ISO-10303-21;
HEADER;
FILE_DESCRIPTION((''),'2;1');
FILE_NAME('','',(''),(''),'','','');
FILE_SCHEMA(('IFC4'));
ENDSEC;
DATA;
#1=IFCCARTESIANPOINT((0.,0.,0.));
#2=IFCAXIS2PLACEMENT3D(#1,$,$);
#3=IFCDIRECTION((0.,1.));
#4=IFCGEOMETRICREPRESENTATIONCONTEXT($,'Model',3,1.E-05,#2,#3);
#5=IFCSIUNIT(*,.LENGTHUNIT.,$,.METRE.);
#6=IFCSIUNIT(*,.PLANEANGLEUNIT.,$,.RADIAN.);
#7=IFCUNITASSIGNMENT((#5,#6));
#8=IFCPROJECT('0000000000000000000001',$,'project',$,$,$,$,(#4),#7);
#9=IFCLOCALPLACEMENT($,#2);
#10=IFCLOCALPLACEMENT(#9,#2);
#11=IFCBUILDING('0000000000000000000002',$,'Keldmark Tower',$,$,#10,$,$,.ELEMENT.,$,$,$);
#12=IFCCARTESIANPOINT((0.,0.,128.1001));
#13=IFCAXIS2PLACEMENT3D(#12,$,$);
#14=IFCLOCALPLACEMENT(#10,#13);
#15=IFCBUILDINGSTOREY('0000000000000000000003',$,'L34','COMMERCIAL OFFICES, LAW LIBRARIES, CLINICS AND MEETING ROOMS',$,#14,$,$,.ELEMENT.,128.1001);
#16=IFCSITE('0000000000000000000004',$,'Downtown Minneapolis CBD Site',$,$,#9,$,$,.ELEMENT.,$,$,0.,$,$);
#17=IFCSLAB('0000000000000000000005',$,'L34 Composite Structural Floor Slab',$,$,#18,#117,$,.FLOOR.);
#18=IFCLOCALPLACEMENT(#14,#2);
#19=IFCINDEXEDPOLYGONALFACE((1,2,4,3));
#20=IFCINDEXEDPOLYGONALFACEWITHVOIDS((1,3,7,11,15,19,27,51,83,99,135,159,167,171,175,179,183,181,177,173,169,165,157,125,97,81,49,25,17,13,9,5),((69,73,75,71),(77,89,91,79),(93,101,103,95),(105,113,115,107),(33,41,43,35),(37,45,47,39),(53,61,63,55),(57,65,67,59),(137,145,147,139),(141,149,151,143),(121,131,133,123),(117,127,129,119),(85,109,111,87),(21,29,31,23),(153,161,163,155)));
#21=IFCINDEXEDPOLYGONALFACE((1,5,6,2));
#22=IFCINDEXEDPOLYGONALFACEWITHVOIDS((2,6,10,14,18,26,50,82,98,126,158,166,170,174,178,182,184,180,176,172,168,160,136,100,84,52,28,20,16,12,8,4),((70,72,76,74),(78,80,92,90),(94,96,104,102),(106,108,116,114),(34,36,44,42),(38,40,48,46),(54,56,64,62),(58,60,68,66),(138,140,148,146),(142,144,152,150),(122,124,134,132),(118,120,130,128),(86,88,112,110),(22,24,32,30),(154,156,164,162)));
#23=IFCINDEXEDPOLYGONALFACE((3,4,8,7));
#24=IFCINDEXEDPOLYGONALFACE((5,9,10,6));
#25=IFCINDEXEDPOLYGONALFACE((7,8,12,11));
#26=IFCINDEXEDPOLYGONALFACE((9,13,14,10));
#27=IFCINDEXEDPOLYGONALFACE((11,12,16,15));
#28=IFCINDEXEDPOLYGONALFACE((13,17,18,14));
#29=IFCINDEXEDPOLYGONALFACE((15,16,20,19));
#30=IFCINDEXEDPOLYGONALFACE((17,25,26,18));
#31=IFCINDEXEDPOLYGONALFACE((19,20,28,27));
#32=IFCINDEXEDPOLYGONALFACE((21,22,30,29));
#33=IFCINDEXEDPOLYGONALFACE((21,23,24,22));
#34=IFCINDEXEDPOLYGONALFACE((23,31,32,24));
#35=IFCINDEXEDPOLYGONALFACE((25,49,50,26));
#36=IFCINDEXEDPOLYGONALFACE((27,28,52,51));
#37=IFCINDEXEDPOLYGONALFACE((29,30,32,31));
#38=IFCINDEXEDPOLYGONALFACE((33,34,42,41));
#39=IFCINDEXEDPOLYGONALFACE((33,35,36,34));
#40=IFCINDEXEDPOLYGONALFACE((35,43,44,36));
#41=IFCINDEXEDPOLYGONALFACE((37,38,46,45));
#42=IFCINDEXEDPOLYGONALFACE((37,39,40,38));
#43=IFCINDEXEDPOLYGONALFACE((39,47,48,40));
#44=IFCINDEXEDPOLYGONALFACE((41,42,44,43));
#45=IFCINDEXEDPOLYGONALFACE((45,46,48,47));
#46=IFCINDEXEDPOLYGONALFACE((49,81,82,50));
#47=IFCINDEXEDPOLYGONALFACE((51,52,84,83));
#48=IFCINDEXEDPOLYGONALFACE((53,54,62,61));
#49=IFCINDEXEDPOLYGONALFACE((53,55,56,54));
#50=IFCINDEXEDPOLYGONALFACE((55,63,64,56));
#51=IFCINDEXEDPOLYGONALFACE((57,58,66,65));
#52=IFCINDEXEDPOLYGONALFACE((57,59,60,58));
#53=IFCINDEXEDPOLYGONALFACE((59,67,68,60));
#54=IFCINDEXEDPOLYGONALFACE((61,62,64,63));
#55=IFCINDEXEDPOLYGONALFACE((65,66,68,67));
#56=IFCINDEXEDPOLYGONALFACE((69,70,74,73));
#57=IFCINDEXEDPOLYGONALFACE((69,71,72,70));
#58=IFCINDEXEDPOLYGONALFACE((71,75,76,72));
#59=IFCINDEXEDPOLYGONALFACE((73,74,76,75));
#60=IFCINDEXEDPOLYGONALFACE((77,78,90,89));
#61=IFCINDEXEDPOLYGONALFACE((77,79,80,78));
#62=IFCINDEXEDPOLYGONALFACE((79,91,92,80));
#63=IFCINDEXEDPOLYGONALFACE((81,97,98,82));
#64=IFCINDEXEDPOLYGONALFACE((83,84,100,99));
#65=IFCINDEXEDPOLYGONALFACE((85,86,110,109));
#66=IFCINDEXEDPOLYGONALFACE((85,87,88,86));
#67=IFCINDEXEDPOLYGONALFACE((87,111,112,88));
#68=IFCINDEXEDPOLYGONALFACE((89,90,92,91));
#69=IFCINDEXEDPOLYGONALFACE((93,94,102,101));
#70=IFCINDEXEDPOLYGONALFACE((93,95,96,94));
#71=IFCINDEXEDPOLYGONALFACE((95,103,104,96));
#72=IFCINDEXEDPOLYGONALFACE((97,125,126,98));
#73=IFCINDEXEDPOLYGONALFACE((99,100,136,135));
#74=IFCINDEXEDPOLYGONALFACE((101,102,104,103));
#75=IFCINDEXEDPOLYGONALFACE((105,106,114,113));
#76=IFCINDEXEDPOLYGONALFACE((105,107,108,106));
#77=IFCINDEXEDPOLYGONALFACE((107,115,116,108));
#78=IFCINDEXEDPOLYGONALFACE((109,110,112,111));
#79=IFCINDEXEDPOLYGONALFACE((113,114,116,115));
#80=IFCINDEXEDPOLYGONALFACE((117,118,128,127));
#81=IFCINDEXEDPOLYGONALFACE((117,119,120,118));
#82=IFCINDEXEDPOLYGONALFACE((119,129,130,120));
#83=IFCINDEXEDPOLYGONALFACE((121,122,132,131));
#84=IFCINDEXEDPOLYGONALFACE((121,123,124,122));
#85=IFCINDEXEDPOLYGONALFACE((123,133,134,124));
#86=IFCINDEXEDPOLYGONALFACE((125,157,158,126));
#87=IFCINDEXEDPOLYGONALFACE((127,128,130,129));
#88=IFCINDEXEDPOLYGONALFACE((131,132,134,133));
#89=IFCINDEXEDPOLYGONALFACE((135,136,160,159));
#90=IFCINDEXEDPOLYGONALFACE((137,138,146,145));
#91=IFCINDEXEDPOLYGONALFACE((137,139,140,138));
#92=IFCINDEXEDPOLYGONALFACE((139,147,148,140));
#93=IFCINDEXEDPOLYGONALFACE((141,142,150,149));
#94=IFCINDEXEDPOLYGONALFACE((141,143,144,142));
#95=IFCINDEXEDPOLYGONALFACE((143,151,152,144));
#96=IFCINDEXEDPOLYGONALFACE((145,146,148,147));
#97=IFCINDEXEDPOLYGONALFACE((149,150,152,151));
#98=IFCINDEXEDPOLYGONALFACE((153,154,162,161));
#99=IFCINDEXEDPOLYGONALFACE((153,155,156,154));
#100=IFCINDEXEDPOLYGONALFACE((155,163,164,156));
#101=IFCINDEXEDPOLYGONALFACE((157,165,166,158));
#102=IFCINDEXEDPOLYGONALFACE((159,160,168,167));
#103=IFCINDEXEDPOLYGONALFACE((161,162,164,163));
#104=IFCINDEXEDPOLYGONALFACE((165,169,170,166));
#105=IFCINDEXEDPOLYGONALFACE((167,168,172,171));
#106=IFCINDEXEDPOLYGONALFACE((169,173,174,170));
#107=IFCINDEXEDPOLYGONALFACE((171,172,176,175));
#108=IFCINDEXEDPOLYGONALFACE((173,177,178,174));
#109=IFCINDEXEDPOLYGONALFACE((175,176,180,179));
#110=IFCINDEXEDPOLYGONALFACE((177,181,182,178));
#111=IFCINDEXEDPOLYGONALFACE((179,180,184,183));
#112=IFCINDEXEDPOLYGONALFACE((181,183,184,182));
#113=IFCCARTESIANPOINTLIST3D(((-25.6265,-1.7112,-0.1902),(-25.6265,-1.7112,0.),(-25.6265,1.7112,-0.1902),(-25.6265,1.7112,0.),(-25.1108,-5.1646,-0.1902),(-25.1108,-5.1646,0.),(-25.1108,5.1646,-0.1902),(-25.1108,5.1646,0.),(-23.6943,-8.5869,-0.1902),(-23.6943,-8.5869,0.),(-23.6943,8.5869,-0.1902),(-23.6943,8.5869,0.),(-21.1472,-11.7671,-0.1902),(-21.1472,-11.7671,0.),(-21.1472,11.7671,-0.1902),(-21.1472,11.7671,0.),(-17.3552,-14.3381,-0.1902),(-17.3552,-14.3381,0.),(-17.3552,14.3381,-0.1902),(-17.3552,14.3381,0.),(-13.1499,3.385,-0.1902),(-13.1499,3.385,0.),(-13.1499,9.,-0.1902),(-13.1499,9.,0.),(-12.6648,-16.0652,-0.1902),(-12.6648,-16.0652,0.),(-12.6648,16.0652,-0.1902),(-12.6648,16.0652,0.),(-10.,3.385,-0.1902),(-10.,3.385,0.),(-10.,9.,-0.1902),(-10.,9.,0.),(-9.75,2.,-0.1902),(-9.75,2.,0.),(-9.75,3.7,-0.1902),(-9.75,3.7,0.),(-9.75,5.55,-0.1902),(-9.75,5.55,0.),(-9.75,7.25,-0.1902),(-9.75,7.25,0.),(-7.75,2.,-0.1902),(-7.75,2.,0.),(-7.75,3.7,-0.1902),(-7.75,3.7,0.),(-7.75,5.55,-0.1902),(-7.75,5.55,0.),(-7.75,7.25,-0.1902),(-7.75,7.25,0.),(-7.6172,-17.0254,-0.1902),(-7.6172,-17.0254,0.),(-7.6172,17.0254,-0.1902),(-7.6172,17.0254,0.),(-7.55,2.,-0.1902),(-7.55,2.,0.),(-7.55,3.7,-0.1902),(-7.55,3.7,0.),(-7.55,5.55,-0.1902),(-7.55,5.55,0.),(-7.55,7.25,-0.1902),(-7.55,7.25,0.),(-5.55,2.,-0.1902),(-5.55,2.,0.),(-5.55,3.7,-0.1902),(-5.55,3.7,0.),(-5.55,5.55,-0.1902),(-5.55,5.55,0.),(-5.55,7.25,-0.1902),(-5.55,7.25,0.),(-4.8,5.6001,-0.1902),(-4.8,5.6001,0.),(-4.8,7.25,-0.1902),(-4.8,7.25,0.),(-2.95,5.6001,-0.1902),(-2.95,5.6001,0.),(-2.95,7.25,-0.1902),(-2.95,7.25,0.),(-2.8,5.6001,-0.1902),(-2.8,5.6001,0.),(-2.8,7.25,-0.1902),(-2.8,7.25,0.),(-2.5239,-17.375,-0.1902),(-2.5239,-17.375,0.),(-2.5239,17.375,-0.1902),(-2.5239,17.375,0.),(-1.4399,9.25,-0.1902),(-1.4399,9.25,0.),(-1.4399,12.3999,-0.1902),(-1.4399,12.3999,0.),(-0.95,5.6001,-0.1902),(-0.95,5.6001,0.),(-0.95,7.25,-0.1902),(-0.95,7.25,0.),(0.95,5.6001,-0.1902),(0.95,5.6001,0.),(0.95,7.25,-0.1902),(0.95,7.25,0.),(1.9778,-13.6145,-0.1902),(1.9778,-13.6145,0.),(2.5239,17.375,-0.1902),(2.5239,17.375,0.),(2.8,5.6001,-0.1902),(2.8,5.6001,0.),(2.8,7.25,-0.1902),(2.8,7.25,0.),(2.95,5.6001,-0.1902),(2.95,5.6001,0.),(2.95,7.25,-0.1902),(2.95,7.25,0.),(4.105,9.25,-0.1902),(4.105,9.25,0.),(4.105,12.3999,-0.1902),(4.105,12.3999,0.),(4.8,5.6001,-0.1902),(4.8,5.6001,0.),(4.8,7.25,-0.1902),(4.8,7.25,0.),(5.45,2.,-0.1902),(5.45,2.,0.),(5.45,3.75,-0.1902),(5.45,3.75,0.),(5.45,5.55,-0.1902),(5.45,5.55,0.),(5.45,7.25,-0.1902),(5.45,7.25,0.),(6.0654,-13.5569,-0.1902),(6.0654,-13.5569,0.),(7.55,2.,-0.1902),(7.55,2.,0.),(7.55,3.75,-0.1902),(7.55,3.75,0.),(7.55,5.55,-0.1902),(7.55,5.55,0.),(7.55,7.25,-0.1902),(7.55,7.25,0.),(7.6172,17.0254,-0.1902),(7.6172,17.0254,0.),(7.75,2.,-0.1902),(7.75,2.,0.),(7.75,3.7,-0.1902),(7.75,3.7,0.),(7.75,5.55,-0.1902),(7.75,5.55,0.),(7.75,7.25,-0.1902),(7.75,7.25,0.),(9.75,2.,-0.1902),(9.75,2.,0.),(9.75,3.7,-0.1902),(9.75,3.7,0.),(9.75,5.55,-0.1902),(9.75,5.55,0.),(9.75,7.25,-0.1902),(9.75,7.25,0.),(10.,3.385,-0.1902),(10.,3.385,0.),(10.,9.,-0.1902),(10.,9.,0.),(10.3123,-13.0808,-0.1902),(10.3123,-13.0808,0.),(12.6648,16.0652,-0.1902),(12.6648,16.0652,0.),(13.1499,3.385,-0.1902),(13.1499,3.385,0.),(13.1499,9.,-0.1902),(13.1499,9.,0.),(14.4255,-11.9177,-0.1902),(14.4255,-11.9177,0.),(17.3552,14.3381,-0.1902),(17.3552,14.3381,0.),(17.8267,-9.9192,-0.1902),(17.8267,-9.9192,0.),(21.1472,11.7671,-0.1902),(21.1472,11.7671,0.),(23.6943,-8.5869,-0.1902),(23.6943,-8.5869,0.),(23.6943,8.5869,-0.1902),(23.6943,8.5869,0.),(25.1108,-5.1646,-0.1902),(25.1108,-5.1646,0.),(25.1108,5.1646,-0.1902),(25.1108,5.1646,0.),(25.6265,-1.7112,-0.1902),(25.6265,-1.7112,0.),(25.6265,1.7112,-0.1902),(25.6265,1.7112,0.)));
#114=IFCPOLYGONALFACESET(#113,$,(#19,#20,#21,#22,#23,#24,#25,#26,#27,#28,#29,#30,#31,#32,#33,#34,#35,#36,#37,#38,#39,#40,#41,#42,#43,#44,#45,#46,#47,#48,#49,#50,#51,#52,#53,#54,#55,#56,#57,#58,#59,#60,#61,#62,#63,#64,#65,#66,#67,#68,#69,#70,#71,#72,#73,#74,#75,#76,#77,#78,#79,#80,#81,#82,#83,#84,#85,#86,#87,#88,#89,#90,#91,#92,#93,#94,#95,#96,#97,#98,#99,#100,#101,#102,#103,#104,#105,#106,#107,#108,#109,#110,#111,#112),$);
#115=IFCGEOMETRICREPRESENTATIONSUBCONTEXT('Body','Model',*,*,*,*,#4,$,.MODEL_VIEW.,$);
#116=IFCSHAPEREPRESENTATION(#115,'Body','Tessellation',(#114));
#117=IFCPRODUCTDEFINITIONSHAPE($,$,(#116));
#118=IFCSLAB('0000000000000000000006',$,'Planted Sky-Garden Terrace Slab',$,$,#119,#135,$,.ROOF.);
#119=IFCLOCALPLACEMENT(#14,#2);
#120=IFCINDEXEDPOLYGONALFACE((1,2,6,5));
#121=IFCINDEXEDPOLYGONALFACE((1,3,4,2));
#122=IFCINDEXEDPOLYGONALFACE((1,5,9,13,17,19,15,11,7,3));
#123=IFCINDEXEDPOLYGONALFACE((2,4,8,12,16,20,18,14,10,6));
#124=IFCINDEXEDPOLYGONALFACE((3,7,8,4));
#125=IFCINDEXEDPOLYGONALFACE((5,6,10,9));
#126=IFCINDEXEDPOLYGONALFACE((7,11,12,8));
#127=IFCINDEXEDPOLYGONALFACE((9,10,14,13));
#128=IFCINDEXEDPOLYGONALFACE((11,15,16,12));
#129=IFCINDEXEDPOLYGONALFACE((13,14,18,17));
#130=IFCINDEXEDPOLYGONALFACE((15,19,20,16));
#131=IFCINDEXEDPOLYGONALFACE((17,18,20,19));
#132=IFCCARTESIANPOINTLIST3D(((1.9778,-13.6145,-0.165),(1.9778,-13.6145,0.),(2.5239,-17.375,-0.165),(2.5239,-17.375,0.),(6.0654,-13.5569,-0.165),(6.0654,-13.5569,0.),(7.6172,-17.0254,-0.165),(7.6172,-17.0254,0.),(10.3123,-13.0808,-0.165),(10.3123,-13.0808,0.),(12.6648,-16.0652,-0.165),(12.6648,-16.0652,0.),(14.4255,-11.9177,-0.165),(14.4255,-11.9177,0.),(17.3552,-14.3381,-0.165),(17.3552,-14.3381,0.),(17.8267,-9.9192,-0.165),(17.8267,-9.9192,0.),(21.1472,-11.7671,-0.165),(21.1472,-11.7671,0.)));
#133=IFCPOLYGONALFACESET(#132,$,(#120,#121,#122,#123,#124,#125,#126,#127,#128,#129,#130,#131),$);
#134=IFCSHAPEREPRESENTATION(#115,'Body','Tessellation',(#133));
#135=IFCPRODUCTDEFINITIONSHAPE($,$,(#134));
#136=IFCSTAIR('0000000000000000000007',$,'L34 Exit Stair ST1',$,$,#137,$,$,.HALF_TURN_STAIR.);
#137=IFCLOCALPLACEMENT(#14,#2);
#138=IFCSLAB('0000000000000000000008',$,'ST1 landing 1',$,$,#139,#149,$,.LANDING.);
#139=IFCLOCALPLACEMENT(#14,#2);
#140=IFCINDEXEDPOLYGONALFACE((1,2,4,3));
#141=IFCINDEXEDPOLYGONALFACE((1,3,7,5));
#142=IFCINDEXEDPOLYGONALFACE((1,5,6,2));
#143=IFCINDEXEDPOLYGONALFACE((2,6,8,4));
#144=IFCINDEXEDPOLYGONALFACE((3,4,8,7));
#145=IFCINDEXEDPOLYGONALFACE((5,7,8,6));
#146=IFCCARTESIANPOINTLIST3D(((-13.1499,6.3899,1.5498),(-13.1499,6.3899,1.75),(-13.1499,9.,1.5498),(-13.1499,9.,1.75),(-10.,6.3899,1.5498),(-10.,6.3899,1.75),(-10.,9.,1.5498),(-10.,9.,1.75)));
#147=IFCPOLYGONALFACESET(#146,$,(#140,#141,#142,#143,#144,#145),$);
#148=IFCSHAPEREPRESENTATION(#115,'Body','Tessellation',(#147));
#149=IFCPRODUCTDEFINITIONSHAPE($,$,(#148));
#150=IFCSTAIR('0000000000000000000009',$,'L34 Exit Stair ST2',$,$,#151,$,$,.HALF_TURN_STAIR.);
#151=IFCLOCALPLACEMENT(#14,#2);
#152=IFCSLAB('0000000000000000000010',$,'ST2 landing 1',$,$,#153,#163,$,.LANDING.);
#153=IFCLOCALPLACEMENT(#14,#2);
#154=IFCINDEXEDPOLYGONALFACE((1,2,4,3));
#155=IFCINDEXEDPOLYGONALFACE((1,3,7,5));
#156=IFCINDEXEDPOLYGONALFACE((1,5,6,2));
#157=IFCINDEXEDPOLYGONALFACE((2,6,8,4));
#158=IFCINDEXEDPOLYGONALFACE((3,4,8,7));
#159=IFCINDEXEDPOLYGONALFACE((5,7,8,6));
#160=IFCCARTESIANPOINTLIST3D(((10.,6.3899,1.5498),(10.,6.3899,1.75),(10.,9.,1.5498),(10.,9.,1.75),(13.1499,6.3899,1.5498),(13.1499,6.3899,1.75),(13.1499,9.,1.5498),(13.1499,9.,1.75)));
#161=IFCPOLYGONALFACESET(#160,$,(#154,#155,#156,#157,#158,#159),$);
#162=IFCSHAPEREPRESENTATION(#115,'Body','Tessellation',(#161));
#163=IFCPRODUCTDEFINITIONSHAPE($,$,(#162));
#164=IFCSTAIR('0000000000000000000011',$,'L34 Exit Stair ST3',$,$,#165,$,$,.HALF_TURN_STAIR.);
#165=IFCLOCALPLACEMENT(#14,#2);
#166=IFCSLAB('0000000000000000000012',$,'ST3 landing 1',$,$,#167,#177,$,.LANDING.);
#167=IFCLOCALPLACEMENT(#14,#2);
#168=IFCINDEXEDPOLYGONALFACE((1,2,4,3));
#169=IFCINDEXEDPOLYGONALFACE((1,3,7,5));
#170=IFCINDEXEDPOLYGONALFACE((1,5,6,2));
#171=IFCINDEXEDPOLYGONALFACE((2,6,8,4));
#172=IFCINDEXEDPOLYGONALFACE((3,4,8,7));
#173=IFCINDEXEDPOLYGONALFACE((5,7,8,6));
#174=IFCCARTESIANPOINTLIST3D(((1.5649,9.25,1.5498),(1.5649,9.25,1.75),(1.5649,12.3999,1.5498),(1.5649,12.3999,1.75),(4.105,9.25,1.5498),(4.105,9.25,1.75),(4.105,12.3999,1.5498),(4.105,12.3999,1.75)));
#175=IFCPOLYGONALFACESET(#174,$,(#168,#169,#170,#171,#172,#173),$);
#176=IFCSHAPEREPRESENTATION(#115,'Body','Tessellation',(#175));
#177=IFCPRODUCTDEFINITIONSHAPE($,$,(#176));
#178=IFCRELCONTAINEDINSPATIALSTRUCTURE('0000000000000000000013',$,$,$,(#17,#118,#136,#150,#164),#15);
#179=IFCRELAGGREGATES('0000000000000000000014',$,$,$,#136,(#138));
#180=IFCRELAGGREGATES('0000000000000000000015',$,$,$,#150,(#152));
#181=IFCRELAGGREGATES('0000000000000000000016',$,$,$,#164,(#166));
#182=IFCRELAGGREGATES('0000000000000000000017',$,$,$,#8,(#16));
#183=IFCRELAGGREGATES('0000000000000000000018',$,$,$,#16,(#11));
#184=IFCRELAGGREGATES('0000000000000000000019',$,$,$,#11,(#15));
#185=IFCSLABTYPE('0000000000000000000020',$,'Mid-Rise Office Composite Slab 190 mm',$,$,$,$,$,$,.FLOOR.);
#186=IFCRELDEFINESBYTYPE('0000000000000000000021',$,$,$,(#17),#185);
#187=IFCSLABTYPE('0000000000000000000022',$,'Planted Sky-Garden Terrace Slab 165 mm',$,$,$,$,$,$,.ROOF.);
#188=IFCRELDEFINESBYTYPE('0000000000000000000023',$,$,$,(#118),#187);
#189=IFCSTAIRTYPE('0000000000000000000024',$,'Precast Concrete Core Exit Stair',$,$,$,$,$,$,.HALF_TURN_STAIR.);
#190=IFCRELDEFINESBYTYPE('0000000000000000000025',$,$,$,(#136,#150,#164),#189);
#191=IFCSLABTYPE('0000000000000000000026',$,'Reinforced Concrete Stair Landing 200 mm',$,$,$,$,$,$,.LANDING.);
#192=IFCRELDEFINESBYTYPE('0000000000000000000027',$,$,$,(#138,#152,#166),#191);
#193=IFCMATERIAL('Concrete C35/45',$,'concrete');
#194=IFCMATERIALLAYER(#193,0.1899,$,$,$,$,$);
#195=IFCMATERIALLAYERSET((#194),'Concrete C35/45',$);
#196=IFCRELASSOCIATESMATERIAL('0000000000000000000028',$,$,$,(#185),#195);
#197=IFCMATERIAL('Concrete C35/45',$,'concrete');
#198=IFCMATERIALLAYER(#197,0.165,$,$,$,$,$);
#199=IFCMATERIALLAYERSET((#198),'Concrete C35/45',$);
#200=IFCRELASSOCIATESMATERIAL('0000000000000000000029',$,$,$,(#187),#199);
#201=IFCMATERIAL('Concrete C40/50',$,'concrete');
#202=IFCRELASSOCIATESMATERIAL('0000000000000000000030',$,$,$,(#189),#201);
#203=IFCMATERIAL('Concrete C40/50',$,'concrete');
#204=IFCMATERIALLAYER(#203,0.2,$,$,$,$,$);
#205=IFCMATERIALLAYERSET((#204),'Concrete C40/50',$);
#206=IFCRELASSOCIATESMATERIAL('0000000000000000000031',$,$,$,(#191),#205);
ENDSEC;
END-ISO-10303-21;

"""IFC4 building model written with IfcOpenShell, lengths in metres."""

from ifc_helpers import new_model, si_unit, direction, frame, origin, place, context, subcontext, project, spatial, polyline, outline, extrude, material, layer, layer_set, type_object, element, aggregate, save


model = new_model("IFC4")

# Units and contexts
model_context = context("Model", 3, precision=1e-05, world=origin(), true_north=direction((0.0, 1.0)))
body_context = subcontext(model_context, "Body", "Model", "MODEL_VIEW")
ifc_project = project(units=[si_unit("LENGTHUNIT", "METRE"), si_unit("PLANEANGLEUNIT", "RADIAN")], contexts=[model_context])

# Site, building, storey
site_placement = place(None, origin())
site = spatial("IfcSite", under=ifc_project, at=site_placement, Name="Downtown Minneapolis CBD Site", CompositionType="ELEMENT", RefElevation=0.0)
building_placement = place(site_placement, origin())
building = spatial("IfcBuilding", under=site, at=building_placement, Name="Keldmark Tower", CompositionType="ELEMENT")
storey_placement = place(building_placement, frame((0.0, 0.0, 128.1001)))
storey = spatial("IfcBuildingStorey", under=building, at=storey_placement, Name="L34", Description="COMMERCIAL OFFICES, LAW LIBRARIES, CLINICS AND MEETING ROOMS", CompositionType="ELEMENT", Elevation=128.1001)

# Slabs
ifc_material_1 = material(Name="Concrete C35/45", Category="concrete")
ifc_layer_1 = layer(ifc_material_1, 0.1899)
ifc_layer_set_1 = layer_set([ifc_layer_1], Name="Concrete C35/45")
slab_type_1 = type_object("IfcSlabType", Name="Mid-Rise Office Composite Slab 190 mm", PredefinedType="FLOOR", material=ifc_layer_set_1)
slab_1_placement = place(storey_placement, frame((0.0, 0.0, -0.1902)))
element("IfcSlab", 1, at=slab_1_placement, inside=storey, type_object=slab_type_1, Name="L34 Composite Structural Floor Slab", PredefinedType="FLOOR", context=body_context, shape_type="SweptSolid", body=[
    extrude(outline(polyline([(25.6265, 1.7112), (25.1108, 5.1646), (23.6943, 8.5869), (21.1472, 11.7671), (17.3552, 14.3381), (12.6648, 16.0652), (7.6172, 17.0254), (2.5239, 17.375), (-2.5239, 17.375), (-7.6172, 17.0254), (-12.6648, 16.0652), (-17.3552, 14.3381), (-21.1472, 11.7671), (-23.6943, 8.5869), (-25.1108, 5.1646), (-25.6265, 1.7112), (-25.6265, -1.7112), (-25.1108, -5.1646), (-23.6943, -8.5869), (-21.1472, -11.7671), (-17.3552, -14.3381), (-12.6648, -16.0652), (-7.6172, -17.0254), (-2.5239, -17.375), (1.9778, -13.6145), (6.0654, -13.5569), (10.3123, -13.0808), (14.4255, -11.9177), (17.8267, -9.9192), (23.6943, -8.5869), (25.1108, -5.1646), (25.6265, -1.7112), (25.6265, 1.7112)]), holes=[polyline([(-10.0, 3.385), (-10.0, 9.0), (-13.1499, 9.0), (-13.1499, 3.385), (-10.0, 3.385)]), polyline([(13.1499, 3.385), (13.1499, 9.0), (10.0, 9.0), (10.0, 3.385), (13.1499, 3.385)]), polyline([(-1.4399, 9.25), (4.105, 9.25), (4.105, 12.3999), (-1.4399, 12.3999), (-1.4399, 9.25)]), polyline([(-9.75, 2.0), (-7.75, 2.0), (-7.75, 3.7), (-9.75, 3.7), (-9.75, 2.0)]), polyline([(7.75, 2.0), (9.75, 2.0), (9.75, 3.7), (7.75, 3.7), (7.75, 2.0)]), polyline([(5.45, 2.0), (7.55, 2.0), (7.55, 3.75), (5.45, 3.75), (5.45, 2.0)]), polyline([(-4.8, 5.6001), (-2.95, 5.6001), (-2.95, 7.25), (-4.8, 7.25), (-4.8, 5.6001)]), polyline([(-2.8, 5.6001), (-0.95, 5.6001), (-0.95, 7.25), (-2.8, 7.25), (-2.8, 5.6001)]), polyline([(0.95, 5.6001), (2.8, 5.6001), (2.8, 7.25), (0.95, 7.25), (0.95, 5.6001)]), polyline([(2.95, 5.6001), (4.8, 5.6001), (4.8, 7.25), (2.95, 7.25), (2.95, 5.6001)]), polyline([(-9.75, 5.55), (-7.75, 5.55), (-7.75, 7.25), (-9.75, 7.25), (-9.75, 5.55)]), polyline([(-7.55, 5.55), (-5.55, 5.55), (-5.55, 7.25), (-7.55, 7.25), (-7.55, 5.55)]), polyline([(-7.55, 2.0), (-5.55, 2.0), (-5.55, 3.7), (-7.55, 3.7), (-7.55, 2.0)]), polyline([(5.45, 5.55), (7.55, 5.55), (7.55, 7.25), (5.45, 7.25), (5.45, 5.55)]), polyline([(7.75, 5.55), (9.75, 5.55), (9.75, 7.25), (7.75, 7.25), (7.75, 5.55)])]), origin(), (0.0, 0.0, 1.0), 0.1902),
])
ifc_material_2 = material(Name="Concrete C35/45", Category="concrete")
ifc_layer_2 = layer(ifc_material_2, 0.165)
ifc_layer_set_2 = layer_set([ifc_layer_2], Name="Concrete C35/45")
slab_type_2 = type_object("IfcSlabType", Name="Planted Sky-Garden Terrace Slab 165 mm", PredefinedType="ROOF", material=ifc_layer_set_2)
slab_2_placement = place(storey_placement, frame((0.0, 0.0, -0.165)))
element("IfcSlab", 2, at=slab_2_placement, inside=storey, type_object=slab_type_2, Name="Planted Sky-Garden Terrace Slab", PredefinedType="ROOF", context=body_context, shape_type="SweptSolid", body=[
    extrude(outline(polyline([(2.5239, -17.375), (7.6172, -17.0254), (12.6648, -16.0652), (17.3552, -14.3381), (21.1472, -11.7671), (17.8267, -9.9192), (14.4255, -11.9177), (10.3123, -13.0808), (6.0654, -13.5569), (1.9778, -13.6145), (2.5239, -17.375)])), origin(), (0.0, 0.0, 1.0), 0.165),
])

# Stairs, slabs
ifc_material_3 = material(Name="Concrete C40/50", Category="concrete")
stair_type = type_object("IfcStairType", Name="Precast Concrete Core Exit Stair", PredefinedType="HALF_TURN_STAIR", material=ifc_material_3)
stair_1_placement = place(storey_placement, origin())
stair_1 = element("IfcStair", 3, at=stair_1_placement, inside=storey, type_object=stair_type, Name="L34 Exit Stair ST1", PredefinedType="HALF_TURN_STAIR")
ifc_material_4 = material(Name="Concrete C40/50", Category="concrete")
ifc_layer_3 = layer(ifc_material_4, 0.2)
ifc_layer_set_3 = layer_set([ifc_layer_3], Name="Concrete C40/50")
slab_type_3 = type_object("IfcSlabType", Name="Reinforced Concrete Stair Landing 200 mm", PredefinedType="LANDING", material=ifc_layer_set_3)
slab_3_placement = place(storey_placement, frame((0.0, 0.0, 1.5498)))
slab_3 = element("IfcSlab", 4, at=slab_3_placement, type_object=slab_type_3, Name="ST1 landing 1", PredefinedType="LANDING", context=body_context, shape_type="SweptSolid", body=[
    extrude(outline(polyline([(-10.0, 6.3899), (-10.0, 9.0), (-13.1499, 9.0), (-13.1499, 6.3899), (-10.0, 6.3899)])), origin(), (0.0, 0.0, 1.0), 0.2002),
])
aggregate(stair_1, [slab_3])
stair_2_placement = place(storey_placement, origin())
stair_2 = element("IfcStair", 5, at=stair_2_placement, inside=storey, type_object=stair_type, Name="L34 Exit Stair ST2", PredefinedType="HALF_TURN_STAIR")
slab_4_placement = place(storey_placement, frame((0.0, 0.0, 1.5498)))
slab_4 = element("IfcSlab", 6, at=slab_4_placement, type_object=slab_type_3, Name="ST2 landing 1", PredefinedType="LANDING", context=body_context, shape_type="SweptSolid", body=[
    extrude(outline(polyline([(13.1499, 6.3899), (13.1499, 9.0), (10.0, 9.0), (10.0, 6.3899), (13.1499, 6.3899)])), origin(), (0.0, 0.0, 1.0), 0.2002),
])
aggregate(stair_2, [slab_4])
stair_3_placement = place(storey_placement, origin())
stair_3 = element("IfcStair", 7, at=stair_3_placement, inside=storey, type_object=stair_type, Name="L34 Exit Stair ST3", PredefinedType="HALF_TURN_STAIR")
slab_5_placement = place(storey_placement, frame((0.0, 0.0, 1.5498)))
slab_5 = element("IfcSlab", 8, at=slab_5_placement, type_object=slab_type_3, Name="ST3 landing 1", PredefinedType="LANDING", context=body_context, shape_type="SweptSolid", body=[
    extrude(outline(polyline([(1.5649, 9.25), (4.105, 9.25), (4.105, 12.3999), (1.5649, 12.3999), (1.5649, 9.25)])), origin(), (0.0, 0.0, 1.0), 0.2002),
])
aggregate(stair_3, [slab_5])

save(model, "model.ifc")
